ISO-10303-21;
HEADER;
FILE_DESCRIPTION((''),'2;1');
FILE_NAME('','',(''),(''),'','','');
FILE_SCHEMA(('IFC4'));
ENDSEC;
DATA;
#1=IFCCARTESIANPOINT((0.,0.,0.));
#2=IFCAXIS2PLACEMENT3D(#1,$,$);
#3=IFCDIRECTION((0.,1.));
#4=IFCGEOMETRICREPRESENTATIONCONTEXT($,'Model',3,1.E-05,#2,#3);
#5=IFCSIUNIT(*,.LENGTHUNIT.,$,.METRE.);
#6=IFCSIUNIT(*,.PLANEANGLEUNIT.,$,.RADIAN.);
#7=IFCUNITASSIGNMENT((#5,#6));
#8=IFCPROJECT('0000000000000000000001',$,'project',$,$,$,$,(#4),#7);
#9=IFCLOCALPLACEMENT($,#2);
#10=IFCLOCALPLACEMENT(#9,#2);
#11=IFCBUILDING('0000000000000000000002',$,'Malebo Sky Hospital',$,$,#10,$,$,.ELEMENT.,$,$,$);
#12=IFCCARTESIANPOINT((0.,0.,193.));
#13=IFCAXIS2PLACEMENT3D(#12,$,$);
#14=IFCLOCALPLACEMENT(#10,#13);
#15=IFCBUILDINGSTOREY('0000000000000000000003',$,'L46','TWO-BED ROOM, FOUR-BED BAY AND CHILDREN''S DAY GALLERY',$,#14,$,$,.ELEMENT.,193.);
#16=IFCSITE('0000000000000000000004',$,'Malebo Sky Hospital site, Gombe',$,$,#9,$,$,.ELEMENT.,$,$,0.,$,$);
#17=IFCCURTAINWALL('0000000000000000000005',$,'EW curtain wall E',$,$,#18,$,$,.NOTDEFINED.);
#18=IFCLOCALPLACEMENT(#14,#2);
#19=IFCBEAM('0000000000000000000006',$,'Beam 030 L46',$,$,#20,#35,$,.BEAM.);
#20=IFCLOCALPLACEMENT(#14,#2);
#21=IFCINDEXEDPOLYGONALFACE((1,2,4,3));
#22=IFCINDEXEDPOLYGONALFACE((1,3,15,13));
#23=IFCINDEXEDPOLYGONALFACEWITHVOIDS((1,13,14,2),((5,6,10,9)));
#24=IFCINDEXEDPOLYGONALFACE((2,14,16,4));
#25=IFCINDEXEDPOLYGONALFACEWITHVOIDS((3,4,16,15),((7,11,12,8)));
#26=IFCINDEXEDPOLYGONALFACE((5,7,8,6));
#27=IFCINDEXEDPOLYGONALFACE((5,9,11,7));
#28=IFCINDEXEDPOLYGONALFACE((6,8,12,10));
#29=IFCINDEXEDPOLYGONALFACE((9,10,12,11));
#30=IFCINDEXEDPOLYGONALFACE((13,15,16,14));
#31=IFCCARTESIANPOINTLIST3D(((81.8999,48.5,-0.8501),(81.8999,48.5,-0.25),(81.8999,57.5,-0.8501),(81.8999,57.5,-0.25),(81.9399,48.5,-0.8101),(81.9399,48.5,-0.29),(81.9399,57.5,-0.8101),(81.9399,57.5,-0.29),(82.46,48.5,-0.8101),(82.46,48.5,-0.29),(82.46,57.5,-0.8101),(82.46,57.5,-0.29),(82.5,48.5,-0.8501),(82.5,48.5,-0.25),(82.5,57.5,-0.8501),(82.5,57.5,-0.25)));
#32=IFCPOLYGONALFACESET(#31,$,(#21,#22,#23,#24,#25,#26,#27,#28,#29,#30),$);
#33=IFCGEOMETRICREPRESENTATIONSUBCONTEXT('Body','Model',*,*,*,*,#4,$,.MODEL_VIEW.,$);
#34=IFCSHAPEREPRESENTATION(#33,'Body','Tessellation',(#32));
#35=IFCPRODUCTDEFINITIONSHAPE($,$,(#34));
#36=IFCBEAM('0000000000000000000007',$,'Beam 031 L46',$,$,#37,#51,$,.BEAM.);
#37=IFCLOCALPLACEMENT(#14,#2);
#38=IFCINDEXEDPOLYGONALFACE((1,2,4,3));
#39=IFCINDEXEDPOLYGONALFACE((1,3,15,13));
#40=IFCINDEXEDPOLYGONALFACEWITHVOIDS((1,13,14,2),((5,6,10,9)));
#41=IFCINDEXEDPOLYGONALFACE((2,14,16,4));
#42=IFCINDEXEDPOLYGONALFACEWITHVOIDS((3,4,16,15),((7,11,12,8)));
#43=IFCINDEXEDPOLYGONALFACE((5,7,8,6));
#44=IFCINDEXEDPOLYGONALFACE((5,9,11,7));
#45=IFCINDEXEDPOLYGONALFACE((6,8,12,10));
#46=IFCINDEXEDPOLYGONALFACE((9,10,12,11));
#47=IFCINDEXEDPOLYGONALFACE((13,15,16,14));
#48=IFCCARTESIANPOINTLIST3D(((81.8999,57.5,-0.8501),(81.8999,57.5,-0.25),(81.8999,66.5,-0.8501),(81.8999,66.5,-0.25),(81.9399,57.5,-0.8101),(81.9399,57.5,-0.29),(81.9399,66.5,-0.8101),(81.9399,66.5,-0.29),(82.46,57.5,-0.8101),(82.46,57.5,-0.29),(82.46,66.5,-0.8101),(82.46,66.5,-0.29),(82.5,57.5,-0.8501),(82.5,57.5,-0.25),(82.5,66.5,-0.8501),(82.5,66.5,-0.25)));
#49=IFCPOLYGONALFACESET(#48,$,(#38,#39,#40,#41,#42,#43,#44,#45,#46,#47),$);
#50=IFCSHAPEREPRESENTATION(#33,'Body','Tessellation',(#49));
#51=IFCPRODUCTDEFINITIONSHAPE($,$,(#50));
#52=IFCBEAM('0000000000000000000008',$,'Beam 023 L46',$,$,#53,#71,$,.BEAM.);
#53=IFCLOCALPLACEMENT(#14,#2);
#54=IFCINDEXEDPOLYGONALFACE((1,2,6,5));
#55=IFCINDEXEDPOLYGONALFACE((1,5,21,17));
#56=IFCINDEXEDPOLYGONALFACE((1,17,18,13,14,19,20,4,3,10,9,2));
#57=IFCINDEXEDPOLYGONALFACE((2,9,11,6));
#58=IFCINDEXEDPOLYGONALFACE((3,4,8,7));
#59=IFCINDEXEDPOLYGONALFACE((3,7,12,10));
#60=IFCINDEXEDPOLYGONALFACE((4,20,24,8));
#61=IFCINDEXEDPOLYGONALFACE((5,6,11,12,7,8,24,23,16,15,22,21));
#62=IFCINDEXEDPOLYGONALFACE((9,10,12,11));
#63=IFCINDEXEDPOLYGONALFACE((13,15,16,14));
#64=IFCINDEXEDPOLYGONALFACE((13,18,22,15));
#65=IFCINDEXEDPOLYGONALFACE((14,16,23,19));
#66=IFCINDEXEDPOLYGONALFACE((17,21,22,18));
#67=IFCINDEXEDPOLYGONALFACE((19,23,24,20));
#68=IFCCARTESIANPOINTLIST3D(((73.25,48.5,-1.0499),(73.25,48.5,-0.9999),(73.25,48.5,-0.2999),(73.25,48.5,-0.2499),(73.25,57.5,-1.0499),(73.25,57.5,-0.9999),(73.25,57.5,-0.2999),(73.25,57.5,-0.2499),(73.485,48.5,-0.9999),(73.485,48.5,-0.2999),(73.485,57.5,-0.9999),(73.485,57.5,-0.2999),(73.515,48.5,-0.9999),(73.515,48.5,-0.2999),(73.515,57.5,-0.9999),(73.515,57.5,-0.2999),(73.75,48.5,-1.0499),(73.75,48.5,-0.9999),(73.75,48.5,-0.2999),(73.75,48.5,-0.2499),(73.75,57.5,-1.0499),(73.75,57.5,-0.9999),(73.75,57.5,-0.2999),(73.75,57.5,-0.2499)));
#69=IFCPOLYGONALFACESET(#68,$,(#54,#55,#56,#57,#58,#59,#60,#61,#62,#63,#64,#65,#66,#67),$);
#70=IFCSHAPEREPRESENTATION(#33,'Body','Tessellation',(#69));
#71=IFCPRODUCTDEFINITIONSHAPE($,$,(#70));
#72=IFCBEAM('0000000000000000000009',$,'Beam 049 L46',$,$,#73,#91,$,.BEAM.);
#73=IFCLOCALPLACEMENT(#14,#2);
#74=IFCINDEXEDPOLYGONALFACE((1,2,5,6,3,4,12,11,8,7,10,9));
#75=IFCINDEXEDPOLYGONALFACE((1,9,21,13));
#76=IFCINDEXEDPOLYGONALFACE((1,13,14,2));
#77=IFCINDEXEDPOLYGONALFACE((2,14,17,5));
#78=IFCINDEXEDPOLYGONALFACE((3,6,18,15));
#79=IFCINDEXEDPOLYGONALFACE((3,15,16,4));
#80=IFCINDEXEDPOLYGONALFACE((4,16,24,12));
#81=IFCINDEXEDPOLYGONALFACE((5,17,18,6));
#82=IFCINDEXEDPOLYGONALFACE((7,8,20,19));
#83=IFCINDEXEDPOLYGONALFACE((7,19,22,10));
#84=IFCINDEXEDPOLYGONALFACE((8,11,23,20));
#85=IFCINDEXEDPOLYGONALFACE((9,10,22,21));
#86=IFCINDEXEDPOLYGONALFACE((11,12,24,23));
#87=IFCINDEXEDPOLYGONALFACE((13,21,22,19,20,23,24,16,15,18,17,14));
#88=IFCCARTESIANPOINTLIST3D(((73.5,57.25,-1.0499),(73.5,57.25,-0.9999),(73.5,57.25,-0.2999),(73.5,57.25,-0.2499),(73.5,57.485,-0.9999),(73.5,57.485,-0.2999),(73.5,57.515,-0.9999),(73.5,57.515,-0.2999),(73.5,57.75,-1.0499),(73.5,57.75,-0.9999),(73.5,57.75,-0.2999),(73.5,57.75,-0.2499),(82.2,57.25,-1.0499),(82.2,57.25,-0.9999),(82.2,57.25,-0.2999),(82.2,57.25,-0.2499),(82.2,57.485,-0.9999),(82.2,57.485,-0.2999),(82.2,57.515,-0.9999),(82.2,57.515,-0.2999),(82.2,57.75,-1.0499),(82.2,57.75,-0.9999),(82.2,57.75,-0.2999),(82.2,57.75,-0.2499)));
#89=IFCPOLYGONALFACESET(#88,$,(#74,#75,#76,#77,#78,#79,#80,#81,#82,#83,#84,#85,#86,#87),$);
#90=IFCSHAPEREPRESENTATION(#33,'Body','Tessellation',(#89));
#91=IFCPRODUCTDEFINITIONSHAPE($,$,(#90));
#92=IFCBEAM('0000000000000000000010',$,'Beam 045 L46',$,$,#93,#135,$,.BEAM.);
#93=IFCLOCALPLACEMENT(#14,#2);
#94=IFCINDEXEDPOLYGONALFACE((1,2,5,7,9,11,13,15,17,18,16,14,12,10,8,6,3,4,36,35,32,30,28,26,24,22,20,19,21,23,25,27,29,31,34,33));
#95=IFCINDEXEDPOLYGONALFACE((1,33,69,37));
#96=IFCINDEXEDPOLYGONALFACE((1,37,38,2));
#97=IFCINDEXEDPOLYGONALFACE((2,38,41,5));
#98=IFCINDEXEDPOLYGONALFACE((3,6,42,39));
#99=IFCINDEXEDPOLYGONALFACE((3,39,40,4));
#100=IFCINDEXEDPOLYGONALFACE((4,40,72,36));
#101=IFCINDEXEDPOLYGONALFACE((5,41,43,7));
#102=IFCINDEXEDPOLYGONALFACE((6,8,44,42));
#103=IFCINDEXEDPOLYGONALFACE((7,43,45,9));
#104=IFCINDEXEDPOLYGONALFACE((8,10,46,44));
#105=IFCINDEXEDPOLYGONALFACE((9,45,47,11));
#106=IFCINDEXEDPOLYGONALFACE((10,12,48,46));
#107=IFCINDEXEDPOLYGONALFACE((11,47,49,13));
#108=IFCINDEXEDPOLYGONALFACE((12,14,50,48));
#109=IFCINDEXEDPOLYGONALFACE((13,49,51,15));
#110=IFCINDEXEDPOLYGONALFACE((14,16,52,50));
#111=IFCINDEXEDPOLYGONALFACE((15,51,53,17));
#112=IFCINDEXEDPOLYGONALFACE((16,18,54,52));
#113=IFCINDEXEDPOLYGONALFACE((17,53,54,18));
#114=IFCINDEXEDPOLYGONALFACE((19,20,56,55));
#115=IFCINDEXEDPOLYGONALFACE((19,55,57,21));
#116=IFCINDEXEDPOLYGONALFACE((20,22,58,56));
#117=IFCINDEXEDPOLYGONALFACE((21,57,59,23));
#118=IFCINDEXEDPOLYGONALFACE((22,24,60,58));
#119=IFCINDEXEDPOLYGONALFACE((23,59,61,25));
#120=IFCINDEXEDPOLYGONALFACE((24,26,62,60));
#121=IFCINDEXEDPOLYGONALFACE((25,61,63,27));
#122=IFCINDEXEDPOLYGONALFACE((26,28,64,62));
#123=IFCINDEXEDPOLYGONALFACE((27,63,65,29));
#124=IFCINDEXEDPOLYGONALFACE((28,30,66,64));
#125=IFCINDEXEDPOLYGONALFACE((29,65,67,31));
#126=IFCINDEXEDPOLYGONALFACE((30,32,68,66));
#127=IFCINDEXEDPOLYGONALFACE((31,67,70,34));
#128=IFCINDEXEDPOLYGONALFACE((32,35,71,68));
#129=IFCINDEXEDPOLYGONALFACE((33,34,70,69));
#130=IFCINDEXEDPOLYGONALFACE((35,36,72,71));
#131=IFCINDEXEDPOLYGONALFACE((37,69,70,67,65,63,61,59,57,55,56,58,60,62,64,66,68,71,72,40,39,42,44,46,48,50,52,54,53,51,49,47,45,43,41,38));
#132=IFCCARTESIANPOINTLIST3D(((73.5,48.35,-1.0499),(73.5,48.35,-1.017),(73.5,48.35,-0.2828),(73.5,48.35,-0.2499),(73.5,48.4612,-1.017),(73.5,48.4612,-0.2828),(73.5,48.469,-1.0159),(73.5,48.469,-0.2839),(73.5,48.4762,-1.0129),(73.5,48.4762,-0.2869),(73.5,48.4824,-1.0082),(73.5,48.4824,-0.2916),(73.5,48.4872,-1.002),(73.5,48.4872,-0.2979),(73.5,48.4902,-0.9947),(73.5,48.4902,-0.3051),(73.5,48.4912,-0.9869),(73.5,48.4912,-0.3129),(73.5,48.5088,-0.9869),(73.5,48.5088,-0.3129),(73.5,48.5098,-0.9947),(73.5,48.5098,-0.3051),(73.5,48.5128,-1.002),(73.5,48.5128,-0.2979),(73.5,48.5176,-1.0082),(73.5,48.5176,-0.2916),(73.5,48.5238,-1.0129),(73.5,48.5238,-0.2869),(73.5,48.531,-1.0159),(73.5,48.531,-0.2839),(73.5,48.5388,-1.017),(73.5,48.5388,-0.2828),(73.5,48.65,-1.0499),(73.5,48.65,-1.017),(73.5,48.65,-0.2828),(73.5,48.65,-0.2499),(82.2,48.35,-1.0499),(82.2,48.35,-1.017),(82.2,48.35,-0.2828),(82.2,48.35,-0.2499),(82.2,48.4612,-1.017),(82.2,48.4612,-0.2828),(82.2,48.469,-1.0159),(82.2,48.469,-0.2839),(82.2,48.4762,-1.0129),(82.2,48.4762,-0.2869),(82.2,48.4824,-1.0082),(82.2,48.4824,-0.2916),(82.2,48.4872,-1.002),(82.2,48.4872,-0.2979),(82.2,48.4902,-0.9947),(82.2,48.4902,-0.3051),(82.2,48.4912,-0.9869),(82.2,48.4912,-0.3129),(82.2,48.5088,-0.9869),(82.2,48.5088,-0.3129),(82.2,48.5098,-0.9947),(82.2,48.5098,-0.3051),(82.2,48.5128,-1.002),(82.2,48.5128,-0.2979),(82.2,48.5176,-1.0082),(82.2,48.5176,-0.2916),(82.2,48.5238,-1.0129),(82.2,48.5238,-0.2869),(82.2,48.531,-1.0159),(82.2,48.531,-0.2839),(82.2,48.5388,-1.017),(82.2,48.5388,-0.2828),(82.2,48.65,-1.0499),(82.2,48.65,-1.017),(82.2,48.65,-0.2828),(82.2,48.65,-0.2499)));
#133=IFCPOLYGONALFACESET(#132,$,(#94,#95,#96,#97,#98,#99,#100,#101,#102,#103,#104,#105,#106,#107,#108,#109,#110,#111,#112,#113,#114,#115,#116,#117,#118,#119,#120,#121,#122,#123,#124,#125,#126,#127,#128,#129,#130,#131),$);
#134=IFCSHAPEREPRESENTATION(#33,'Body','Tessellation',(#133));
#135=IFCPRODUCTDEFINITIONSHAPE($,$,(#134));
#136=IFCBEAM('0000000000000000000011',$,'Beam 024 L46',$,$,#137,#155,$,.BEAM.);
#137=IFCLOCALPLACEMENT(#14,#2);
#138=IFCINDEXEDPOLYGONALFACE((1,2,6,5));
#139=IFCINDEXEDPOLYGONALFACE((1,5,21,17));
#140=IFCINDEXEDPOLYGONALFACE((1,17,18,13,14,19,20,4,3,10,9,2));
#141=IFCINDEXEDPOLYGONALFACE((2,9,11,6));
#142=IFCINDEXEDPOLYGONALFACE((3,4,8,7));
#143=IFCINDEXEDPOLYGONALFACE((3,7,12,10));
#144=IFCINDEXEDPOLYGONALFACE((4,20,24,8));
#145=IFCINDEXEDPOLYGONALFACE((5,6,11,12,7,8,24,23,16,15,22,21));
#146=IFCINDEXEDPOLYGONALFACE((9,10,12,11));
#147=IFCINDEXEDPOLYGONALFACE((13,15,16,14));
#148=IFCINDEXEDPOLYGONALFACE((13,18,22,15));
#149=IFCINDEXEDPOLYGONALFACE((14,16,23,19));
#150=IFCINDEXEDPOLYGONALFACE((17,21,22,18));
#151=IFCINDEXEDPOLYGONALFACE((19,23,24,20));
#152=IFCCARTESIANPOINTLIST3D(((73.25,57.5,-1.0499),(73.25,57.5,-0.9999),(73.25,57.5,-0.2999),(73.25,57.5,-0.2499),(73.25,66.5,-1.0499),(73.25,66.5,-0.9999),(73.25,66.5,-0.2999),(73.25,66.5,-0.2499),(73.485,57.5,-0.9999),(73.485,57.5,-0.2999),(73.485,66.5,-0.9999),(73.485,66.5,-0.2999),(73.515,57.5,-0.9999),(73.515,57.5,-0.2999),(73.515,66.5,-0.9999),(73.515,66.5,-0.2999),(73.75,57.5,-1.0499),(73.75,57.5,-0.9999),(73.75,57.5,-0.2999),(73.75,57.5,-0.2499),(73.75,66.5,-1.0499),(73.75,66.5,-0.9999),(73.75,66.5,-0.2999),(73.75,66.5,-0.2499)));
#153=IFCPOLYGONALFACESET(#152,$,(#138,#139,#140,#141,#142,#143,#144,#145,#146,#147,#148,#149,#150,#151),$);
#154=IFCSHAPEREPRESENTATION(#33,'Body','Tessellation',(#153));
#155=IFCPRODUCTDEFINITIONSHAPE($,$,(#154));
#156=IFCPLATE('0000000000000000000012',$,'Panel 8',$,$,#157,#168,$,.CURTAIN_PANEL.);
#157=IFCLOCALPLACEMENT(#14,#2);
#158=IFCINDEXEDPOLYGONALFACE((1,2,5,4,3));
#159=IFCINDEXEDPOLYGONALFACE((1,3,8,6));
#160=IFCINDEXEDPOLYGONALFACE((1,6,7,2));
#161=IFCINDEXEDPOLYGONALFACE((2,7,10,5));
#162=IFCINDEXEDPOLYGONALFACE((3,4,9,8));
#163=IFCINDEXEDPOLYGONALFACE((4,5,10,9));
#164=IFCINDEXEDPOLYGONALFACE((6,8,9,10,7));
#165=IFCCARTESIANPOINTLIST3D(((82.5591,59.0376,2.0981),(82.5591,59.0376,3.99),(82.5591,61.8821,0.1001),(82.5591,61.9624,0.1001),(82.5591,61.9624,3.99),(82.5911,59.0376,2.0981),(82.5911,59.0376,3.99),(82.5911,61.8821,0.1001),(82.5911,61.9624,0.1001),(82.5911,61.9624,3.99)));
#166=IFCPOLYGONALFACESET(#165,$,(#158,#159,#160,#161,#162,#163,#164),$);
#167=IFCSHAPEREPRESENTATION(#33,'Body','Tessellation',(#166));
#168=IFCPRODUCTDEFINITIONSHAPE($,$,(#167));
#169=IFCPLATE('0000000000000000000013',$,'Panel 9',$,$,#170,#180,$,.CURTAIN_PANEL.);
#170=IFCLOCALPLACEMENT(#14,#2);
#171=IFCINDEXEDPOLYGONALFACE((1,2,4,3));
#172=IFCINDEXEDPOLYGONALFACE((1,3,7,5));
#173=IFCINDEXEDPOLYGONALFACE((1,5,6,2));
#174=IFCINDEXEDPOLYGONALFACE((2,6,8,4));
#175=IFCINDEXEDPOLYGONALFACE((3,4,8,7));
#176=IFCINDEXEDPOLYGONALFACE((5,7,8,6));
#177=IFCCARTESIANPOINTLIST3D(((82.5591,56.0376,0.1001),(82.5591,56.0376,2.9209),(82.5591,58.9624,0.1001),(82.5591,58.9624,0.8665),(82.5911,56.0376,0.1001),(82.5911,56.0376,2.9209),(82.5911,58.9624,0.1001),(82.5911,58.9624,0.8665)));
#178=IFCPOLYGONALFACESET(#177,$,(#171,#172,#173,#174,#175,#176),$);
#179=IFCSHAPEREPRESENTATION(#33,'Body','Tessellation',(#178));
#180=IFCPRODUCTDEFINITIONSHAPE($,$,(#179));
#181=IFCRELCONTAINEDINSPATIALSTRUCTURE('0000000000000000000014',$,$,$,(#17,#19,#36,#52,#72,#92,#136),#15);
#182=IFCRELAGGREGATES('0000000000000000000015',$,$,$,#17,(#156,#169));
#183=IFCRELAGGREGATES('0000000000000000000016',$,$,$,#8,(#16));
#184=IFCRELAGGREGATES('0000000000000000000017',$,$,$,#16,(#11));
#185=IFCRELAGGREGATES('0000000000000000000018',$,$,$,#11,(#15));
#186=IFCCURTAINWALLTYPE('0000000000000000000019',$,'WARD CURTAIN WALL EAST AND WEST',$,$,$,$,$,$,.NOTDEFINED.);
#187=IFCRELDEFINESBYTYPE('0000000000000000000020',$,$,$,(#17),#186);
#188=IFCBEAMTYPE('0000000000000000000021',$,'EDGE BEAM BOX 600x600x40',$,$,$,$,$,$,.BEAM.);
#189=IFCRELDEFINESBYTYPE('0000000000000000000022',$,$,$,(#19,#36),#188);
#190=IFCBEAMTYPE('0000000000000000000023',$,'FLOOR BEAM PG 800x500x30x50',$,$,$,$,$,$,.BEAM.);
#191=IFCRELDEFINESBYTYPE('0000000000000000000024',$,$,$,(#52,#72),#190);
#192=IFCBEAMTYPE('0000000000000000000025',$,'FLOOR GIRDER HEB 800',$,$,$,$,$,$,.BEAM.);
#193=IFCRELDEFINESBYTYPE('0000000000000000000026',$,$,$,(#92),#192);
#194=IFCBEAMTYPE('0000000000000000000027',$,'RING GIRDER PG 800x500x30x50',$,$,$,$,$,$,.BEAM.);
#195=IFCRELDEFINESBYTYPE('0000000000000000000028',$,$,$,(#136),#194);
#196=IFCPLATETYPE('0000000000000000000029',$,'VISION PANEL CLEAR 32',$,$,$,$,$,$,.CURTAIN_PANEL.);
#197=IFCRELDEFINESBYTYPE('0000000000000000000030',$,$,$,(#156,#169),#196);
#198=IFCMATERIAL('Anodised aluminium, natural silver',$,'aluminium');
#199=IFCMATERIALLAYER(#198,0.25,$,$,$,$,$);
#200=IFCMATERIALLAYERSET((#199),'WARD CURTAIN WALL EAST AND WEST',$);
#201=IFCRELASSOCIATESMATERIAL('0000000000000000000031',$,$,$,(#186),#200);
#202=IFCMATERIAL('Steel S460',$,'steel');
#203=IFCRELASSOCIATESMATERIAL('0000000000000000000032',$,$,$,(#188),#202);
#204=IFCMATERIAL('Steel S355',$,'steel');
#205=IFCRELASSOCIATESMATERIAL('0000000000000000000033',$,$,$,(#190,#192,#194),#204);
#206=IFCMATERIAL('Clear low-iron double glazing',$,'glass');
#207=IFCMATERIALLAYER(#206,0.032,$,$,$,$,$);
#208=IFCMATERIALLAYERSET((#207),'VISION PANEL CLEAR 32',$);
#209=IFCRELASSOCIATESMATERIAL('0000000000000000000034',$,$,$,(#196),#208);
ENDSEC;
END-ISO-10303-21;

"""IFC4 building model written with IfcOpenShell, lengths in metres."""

from ifc_helpers import new_model, si_unit, direction, frame, origin, origin_2d, place, context, subcontext, project, spatial, polyline, hollow_rectangle, i_section, outline, extrude, material, layer, layer_set, material_profile, profile_set, type_object, element, aggregate, save


model = new_model("IFC4")

# Units and contexts
model_context = context("Model", 3, precision=1e-05, world=origin(), true_north=direction((0.0, 1.0)))
body_context = subcontext(model_context, "Body", "Model", "MODEL_VIEW")
ifc_project = project(units=[si_unit("LENGTHUNIT", "METRE"), si_unit("PLANEANGLEUNIT", "RADIAN")], contexts=[model_context])

# Site, building, storey
site_placement = place(None, origin())
site = spatial("IfcSite", under=ifc_project, at=site_placement, Name="Malebo Sky Hospital site, Gombe", CompositionType="ELEMENT", RefElevation=0.0)
building_placement = place(site_placement, origin())
building = spatial("IfcBuilding", under=site, at=building_placement, Name="Malebo Sky Hospital", CompositionType="ELEMENT")
storey_placement = place(building_placement, frame((0.0, 0.0, 193.0)))
storey = spatial("IfcBuildingStorey", under=building, at=storey_placement, Name="L46", Description="TWO-BED ROOM, FOUR-BED BAY AND CHILDREN'S DAY GALLERY", CompositionType="ELEMENT", Elevation=193.0)

# Shared definitions
ifc_material_1 = material(Name="Steel S460", Category="steel")

# Curtain wall
ifc_material_2 = material(Name="Anodised aluminium, natural silver", Category="aluminium")
ifc_layer_1 = layer(ifc_material_2, 0.25)
ifc_layer_set_1 = layer_set([ifc_layer_1], Name="WARD CURTAIN WALL EAST AND WEST")
curtain_wall_type = type_object("IfcCurtainWallType", Name="WARD CURTAIN WALL EAST AND WEST", PredefinedType="NOTDEFINED", material=ifc_layer_set_1)
curtain_wall_placement = place(storey_placement, origin())
curtain_wall = element("IfcCurtainWall", 1, at=curtain_wall_placement, inside=storey, type_object=curtain_wall_type, Name="EW curtain wall E", PredefinedType="NOTDEFINED")

# Beams
ifc_material_profile_1 = material_profile(ifc_material_1, hollow_rectangle(XDim=0.6001, YDim=0.6001, WallThickness=0.04, at=origin_2d()), Name="BOX 600x600x40")
ifc_profile_set_1 = profile_set([ifc_material_profile_1], Name="Steel S460")
beam_type_1 = type_object("IfcBeamType", Name="EDGE BEAM BOX 600x600x40", PredefinedType="BEAM", material=ifc_profile_set_1)
for number, where, z_axis, x_axis, name in (
    (2, (82.2, 48.5, -0.55), (0.0, 1.0, 0.0), (-1.0, 0.0, 0.0), "Beam 030 L46"),
    (3, (82.2, 57.5, -0.55), (0.0, 1.0, 0.0), (-1.0, 0.0, 0.0), "Beam 031 L46"),
):
    element("IfcBeam", number, at=place(storey_placement, frame(where, z_axis=z_axis, x_axis=x_axis)), inside=storey, type_object=beam_type_1, Name=name, PredefinedType="BEAM", context=body_context, shape_type="SweptSolid", body=[
        extrude(hollow_rectangle(XDim=0.6001, YDim=0.6001, WallThickness=0.04, at=origin_2d()), origin(), (0.0, 0.0, 1.0), 9.0),
    ])
ifc_material_3 = material(Name="Steel S355", Category="steel")
ifc_material_profile_2 = material_profile(ifc_material_3, i_section(OverallWidth=0.5, OverallDepth=0.8, WebThickness=0.03, FlangeThickness=0.05, at=origin_2d()), Name="PG 800x500x30x50")
ifc_profile_set_2 = profile_set([ifc_material_profile_2], Name="Steel S355")
beam_type_2 = type_object("IfcBeamType", Name="FLOOR BEAM PG 800x500x30x50", PredefinedType="BEAM", material=ifc_profile_set_2)
beam_1_placement = place(storey_placement, frame((73.5, 48.5, -0.6499), z_axis=(0.0, 1.0, 0.0), x_axis=(-1.0, 0.0, 0.0)))
element("IfcBeam", 4, at=beam_1_placement, inside=storey, type_object=beam_type_2, Name="Beam 023 L46", PredefinedType="BEAM", context=body_context, shape_type="SweptSolid", body=[
    extrude(i_section(OverallWidth=0.5, OverallDepth=0.8, WebThickness=0.03, FlangeThickness=0.05, at=origin_2d()), origin(), (0.0, 0.0, 1.0), 9.0),
])
beam_2_placement = place(storey_placement, frame((73.5, 57.5, -0.6499), z_axis=(1.0, 0.0, 0.0), x_axis=(0.0, 1.0, 0.0)))
element("IfcBeam", 5, at=beam_2_placement, inside=storey, type_object=beam_type_2, Name="Beam 049 L46", PredefinedType="BEAM", context=body_context, shape_type="SweptSolid", body=[
    extrude(i_section(OverallWidth=0.5, OverallDepth=0.8, WebThickness=0.03, FlangeThickness=0.05, at=origin_2d()), origin(), (0.0, 0.0, 1.0), 8.7),
])
ifc_material_profile_3 = material_profile(ifc_material_3, i_section(OverallWidth=0.3, OverallDepth=0.8, WebThickness=0.0176, FlangeThickness=0.033, FilletRadius=0.03, at=origin_2d()), Name="HEB 800")
ifc_profile_set_3 = profile_set([ifc_material_profile_3], Name="Steel S355")
beam_type_3 = type_object("IfcBeamType", Name="FLOOR GIRDER HEB 800", PredefinedType="BEAM", material=ifc_profile_set_3)
beam_3_placement = place(storey_placement, frame((73.5, 48.5, -0.6499), z_axis=(1.0, 0.0, 0.0), x_axis=(0.0, 1.0, 0.0)))
element("IfcBeam", 6, at=beam_3_placement, inside=storey, type_object=beam_type_3, Name="Beam 045 L46", PredefinedType="BEAM", context=body_context, shape_type="SweptSolid", body=[
    extrude(i_section(OverallWidth=0.3, OverallDepth=0.8, WebThickness=0.0176, FlangeThickness=0.033, FilletRadius=0.03, at=origin_2d()), origin(), (0.0, 0.0, 1.0), 8.7),
])
ifc_material_profile_4 = material_profile(ifc_material_3, i_section(OverallWidth=0.5, OverallDepth=0.8, WebThickness=0.03, FlangeThickness=0.05, at=origin_2d()), Name="PG 800x500x30x50")
ifc_profile_set_4 = profile_set([ifc_material_profile_4], Name="Steel S355")
beam_type_4 = type_object("IfcBeamType", Name="RING GIRDER PG 800x500x30x50", PredefinedType="BEAM", material=ifc_profile_set_4)
beam_4_placement = place(storey_placement, frame((73.5, 57.5, -0.6499), z_axis=(0.0, 1.0, 0.0), x_axis=(-1.0, 0.0, 0.0)))
element("IfcBeam", 7, at=beam_4_placement, inside=storey, type_object=beam_type_4, Name="Beam 024 L46", PredefinedType="BEAM", context=body_context, shape_type="SweptSolid", body=[
    extrude(i_section(OverallWidth=0.5, OverallDepth=0.8, WebThickness=0.03, FlangeThickness=0.05, at=origin_2d()), origin(), (0.0, 0.0, 1.0), 9.0),
])

# Plates
ifc_material_4 = material(Name="Clear low-iron double glazing", Category="glass")
ifc_layer_2 = layer(ifc_material_4, 0.032)
ifc_layer_set_2 = layer_set([ifc_layer_2], Name="VISION PANEL CLEAR 32")
plate_type = type_object("IfcPlateType", Name="VISION PANEL CLEAR 32", PredefinedType="CURTAIN_PANEL", material=ifc_layer_set_2)
plate_1_placement = place(storey_placement, frame((82.575, 60.5, 0.1001), z_axis=(0.0, 0.0, 1.0), x_axis=(0.0, -1.0, 0.0)))
plate_1 = element("IfcPlate", 8, at=plate_1_placement, type_object=plate_type, Name="Panel 8", PredefinedType="CURTAIN_PANEL", context=body_context, shape_type="SweptSolid", body=[
    extrude(outline(polyline([(-1.4624, 0.0), (-1.3821, 0.0), (1.4624, 1.998), (1.4624, 3.8899), (-1.4624, 3.8899), (-1.4624, 0.0)])), frame((0.0, 0.0161, 0.0), z_axis=(0.0, -1.0, 0.0), x_axis=(1.0, 0.0, 0.0)), (0.0, 0.0, 1.0), 0.032),
])
plate_2_placement = place(storey_placement, frame((82.575, 57.5, 0.1001), z_axis=(0.0, 0.0, 1.0), x_axis=(0.0, -1.0, 0.0)))
plate_2 = element("IfcPlate", 9, at=plate_2_placement, type_object=plate_type, Name="Panel 9", PredefinedType="CURTAIN_PANEL", context=body_context, shape_type="SweptSolid", body=[
    extrude(outline(polyline([(-1.4624, 0.0), (1.4624, 0.0), (1.4624, 2.8208), (-1.4624, 0.7664), (-1.4624, 0.0)])), frame((0.0, 0.0161, 0.0), z_axis=(0.0, -1.0, 0.0), x_axis=(1.0, 0.0, 0.0)), (0.0, 0.0, 1.0), 0.032),
])
aggregate(curtain_wall, [plate_1, plate_2])

save(model, "model.ifc")
